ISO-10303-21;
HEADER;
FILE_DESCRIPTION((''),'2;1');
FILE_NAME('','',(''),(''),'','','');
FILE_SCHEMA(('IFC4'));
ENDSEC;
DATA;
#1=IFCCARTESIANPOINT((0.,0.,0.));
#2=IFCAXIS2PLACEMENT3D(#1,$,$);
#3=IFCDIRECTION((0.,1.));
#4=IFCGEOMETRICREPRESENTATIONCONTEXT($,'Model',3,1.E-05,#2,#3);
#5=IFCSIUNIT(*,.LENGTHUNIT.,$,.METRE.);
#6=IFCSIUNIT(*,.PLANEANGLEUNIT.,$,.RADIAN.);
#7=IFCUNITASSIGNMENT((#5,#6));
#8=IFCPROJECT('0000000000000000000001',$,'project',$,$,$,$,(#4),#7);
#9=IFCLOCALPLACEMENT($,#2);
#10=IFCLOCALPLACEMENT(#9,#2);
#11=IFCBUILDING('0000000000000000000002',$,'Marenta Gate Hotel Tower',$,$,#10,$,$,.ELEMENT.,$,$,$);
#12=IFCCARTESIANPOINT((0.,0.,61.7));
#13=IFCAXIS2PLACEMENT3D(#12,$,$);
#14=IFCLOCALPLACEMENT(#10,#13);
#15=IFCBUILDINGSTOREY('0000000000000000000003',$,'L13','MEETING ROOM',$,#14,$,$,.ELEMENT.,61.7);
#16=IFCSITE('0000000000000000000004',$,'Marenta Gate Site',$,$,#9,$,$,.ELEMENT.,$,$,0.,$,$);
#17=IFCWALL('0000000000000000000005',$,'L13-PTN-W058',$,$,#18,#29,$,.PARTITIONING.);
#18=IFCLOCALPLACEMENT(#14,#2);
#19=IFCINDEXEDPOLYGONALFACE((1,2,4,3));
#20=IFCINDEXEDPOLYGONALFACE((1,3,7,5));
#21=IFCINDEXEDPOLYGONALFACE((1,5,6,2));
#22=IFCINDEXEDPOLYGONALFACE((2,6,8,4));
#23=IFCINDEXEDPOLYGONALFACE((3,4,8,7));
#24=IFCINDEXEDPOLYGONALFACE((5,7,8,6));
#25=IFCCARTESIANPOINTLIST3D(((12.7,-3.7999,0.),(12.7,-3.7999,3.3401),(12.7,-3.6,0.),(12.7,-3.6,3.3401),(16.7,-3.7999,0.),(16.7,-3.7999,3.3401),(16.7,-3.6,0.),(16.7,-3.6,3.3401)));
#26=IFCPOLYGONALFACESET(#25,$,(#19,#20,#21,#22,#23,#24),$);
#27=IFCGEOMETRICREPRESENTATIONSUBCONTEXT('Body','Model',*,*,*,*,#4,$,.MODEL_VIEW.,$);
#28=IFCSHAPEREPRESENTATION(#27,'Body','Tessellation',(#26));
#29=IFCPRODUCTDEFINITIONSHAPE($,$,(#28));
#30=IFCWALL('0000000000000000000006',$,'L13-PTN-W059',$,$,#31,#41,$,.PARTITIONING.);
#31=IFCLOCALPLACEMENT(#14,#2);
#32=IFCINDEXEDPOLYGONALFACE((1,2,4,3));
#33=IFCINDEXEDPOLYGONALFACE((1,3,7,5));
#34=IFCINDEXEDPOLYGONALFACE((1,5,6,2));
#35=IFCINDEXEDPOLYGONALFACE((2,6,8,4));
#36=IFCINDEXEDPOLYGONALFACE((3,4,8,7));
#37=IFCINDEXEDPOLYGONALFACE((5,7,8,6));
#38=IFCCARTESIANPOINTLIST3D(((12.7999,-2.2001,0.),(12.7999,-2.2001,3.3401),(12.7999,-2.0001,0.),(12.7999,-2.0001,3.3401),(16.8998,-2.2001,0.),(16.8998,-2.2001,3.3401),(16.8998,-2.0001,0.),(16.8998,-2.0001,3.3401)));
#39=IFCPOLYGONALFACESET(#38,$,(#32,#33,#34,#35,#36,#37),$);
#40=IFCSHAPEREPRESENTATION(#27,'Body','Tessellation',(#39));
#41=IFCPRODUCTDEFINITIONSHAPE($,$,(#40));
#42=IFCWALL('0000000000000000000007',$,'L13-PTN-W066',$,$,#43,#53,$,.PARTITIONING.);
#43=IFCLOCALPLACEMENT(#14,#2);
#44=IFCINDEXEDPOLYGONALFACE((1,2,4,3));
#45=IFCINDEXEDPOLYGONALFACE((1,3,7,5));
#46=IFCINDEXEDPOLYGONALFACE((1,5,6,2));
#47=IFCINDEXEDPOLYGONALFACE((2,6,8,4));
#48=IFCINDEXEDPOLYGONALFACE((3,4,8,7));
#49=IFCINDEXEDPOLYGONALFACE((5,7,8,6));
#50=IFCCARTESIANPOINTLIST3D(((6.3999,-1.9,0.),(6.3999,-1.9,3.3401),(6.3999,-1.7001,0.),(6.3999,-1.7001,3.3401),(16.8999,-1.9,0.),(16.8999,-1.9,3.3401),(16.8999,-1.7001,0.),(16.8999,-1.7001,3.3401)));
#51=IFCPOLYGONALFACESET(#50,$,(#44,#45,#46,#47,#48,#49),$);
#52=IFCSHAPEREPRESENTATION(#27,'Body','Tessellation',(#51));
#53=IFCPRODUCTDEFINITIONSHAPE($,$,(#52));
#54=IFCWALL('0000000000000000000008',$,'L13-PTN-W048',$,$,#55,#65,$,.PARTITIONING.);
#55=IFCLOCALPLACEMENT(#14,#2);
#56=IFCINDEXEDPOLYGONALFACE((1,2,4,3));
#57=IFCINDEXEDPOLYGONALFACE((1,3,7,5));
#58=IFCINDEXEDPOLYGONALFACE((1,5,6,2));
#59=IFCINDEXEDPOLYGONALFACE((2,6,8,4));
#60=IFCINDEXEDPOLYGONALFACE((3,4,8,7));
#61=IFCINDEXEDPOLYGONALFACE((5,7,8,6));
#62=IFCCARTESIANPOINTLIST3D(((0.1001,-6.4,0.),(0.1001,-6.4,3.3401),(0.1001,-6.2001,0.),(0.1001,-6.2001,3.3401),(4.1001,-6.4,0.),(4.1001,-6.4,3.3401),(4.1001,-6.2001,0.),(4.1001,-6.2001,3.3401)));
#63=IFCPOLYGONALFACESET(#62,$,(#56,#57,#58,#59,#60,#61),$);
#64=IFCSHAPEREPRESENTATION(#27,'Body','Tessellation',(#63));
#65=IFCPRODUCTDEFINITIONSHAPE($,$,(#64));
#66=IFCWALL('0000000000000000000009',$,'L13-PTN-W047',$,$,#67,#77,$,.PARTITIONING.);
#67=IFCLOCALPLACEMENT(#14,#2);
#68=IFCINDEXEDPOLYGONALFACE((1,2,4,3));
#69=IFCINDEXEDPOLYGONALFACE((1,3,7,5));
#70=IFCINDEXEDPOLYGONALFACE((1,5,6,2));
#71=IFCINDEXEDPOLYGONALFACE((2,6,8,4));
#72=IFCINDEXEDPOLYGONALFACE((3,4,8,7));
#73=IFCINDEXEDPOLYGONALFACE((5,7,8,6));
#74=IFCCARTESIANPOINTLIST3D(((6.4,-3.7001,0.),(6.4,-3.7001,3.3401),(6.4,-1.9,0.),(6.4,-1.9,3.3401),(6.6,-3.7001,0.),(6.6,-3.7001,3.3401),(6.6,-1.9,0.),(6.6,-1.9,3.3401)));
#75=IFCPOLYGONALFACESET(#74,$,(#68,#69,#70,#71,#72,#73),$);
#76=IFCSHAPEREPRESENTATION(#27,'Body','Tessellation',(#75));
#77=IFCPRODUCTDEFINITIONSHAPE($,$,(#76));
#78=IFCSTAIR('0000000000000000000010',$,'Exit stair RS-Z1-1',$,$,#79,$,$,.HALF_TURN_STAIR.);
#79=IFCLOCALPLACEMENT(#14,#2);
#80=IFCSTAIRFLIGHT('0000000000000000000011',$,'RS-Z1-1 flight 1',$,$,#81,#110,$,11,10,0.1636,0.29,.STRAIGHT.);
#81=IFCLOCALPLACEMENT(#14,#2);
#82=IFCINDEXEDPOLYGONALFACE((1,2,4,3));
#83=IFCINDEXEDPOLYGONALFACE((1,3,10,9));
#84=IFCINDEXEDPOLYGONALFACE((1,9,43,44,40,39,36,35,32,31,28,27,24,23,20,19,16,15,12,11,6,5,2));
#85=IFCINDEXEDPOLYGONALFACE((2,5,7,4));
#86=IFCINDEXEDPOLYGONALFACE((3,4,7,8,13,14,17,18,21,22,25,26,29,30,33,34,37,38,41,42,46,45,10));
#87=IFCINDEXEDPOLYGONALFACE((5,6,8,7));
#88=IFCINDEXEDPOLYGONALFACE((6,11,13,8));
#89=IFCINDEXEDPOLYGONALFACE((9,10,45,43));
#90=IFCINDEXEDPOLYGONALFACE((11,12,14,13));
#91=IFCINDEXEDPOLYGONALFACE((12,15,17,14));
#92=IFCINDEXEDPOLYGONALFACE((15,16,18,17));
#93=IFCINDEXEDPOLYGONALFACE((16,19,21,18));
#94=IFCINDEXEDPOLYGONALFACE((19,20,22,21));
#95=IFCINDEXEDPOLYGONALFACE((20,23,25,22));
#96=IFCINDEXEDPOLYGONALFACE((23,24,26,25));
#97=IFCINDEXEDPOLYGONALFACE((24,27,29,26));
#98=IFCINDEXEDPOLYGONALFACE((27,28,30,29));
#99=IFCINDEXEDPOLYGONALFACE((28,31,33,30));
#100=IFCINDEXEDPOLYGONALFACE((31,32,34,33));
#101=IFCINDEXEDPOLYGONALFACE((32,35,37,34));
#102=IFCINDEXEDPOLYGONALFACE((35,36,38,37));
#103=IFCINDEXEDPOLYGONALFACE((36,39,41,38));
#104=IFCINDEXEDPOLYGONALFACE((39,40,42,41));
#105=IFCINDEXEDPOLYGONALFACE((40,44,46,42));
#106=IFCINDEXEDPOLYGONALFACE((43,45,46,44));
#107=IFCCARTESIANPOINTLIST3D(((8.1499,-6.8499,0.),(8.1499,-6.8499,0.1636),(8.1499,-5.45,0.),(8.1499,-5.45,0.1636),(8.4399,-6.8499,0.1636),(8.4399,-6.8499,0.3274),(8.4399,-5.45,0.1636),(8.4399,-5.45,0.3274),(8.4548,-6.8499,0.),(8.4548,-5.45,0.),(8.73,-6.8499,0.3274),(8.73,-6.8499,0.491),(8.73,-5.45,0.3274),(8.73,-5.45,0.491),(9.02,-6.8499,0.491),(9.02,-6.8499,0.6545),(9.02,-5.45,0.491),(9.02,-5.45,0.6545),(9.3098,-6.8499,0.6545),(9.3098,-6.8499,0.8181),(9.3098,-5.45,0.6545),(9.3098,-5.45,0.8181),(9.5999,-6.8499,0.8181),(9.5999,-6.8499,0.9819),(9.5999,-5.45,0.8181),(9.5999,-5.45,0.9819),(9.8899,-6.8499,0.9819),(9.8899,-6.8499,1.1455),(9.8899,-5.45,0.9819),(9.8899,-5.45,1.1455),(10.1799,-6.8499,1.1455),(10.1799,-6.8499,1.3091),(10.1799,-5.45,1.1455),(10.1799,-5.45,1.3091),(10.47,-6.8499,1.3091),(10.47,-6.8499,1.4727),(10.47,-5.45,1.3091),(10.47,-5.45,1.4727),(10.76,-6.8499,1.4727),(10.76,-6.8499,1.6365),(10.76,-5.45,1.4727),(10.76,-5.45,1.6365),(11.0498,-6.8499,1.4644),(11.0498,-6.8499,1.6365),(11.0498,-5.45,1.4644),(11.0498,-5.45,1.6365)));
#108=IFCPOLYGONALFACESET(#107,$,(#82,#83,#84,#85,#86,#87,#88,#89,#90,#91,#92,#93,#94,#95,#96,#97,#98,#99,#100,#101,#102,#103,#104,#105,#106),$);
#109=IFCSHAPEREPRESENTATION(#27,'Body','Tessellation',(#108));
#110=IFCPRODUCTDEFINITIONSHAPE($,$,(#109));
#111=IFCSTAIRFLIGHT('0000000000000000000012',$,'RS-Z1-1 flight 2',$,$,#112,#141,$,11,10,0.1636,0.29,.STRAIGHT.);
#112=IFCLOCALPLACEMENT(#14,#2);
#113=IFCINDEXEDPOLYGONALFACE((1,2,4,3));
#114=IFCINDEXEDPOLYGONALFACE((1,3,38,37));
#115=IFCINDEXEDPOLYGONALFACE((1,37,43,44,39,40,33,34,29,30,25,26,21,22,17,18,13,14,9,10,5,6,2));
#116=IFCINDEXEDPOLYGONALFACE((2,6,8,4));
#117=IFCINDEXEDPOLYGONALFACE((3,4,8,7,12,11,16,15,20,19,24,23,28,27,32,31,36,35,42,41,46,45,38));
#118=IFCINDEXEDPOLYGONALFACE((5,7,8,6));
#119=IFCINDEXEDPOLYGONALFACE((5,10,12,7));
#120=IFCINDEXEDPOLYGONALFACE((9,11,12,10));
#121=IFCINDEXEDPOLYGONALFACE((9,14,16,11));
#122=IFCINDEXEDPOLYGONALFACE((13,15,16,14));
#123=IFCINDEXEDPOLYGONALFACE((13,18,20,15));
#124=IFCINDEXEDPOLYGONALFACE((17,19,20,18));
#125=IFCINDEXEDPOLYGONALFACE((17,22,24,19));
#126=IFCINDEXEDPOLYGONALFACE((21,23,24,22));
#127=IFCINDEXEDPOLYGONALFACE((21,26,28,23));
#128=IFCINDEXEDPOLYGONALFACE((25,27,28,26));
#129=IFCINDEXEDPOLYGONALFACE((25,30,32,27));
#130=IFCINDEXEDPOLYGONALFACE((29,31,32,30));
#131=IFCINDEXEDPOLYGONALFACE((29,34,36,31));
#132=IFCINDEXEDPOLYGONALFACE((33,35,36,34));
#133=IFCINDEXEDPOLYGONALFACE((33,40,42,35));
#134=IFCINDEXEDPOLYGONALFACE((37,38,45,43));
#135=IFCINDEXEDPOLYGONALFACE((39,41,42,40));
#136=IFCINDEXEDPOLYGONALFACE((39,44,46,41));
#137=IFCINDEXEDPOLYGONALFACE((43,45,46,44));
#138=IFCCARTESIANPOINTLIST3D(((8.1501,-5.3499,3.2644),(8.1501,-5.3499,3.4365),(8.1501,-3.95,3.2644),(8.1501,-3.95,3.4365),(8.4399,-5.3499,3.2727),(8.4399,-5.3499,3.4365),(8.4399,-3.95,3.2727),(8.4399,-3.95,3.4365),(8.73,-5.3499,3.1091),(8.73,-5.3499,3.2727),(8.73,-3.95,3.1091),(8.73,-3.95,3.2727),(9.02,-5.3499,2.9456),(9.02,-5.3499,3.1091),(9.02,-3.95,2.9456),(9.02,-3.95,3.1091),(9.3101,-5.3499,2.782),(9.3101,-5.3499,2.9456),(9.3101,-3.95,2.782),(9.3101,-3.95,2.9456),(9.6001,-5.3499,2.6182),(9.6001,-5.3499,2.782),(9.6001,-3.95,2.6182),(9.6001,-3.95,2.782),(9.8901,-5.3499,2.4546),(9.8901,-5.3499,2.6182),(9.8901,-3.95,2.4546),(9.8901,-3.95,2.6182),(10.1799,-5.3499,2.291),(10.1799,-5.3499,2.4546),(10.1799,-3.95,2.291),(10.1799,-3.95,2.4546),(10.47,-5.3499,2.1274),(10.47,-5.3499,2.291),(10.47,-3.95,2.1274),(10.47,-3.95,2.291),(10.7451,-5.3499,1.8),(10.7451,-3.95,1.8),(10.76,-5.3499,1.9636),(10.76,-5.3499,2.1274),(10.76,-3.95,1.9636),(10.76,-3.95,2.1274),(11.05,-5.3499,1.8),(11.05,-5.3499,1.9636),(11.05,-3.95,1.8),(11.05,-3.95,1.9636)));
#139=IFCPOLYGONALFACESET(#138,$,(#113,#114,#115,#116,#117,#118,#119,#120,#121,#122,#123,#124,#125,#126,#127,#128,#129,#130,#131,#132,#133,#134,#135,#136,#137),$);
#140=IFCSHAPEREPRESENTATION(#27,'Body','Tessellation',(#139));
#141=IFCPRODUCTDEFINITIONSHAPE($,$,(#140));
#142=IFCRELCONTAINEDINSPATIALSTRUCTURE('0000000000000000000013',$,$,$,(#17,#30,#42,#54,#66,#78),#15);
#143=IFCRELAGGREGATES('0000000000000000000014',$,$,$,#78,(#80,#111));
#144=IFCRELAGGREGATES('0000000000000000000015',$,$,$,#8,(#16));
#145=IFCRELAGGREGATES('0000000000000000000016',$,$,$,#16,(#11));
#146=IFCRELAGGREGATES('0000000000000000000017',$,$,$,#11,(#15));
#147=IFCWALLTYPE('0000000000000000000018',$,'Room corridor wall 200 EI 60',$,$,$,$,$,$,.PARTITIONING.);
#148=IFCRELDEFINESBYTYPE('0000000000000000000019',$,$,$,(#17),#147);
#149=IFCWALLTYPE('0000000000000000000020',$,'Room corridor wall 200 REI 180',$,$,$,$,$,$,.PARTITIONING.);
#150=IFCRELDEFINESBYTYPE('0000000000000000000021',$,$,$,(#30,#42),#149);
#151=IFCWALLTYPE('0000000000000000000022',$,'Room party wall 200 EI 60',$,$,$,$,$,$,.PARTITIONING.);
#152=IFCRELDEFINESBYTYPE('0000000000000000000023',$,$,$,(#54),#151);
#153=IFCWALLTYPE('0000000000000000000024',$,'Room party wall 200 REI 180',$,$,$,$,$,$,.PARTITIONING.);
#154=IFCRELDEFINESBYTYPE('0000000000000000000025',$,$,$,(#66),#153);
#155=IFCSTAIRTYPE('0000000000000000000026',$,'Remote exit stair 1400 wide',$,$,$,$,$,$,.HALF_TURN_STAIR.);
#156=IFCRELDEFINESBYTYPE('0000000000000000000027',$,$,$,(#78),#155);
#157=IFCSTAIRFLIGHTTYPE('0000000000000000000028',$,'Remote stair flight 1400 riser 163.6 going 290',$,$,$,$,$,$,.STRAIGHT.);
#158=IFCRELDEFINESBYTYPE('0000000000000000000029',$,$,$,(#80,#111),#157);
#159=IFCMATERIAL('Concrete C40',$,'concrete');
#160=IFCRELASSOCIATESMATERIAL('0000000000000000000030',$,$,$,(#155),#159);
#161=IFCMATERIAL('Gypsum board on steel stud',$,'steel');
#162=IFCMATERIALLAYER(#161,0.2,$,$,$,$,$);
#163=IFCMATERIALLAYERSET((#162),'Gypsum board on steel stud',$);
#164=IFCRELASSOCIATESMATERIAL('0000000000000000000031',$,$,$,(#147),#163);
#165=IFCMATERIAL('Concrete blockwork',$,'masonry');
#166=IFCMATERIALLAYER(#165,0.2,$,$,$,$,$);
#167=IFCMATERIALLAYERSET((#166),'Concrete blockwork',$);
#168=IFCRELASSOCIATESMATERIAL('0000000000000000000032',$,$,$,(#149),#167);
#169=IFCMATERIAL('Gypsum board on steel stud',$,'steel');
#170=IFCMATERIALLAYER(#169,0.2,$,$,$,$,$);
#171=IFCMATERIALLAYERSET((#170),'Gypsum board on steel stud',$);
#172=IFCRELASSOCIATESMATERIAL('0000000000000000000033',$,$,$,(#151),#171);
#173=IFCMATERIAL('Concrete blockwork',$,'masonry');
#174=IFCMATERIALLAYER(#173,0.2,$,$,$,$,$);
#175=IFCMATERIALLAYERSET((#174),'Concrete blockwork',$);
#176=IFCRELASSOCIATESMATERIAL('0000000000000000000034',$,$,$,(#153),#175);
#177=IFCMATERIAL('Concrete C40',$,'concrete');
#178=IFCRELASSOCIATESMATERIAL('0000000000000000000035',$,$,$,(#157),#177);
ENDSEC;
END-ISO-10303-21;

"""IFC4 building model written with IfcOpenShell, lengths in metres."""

from ifc_helpers import new_model, si_unit, direction, frame, frame_2d, origin, place, context, subcontext, project, spatial, polyline, rectangle, outline, extrude, material, layer, layer_set, type_object, element, aggregate, save


model = new_model("IFC4")

# Units and contexts
model_context = context("Model", 3, precision=1e-05, world=origin(), true_north=direction((0.0, 1.0)))
body_context = subcontext(model_context, "Body", "Model", "MODEL_VIEW")
ifc_project = project(units=[si_unit("LENGTHUNIT", "METRE"), si_unit("PLANEANGLEUNIT", "RADIAN")], contexts=[model_context])

# Site, building, storey
site_placement = place(None, origin())
site = spatial("IfcSite", under=ifc_project, at=site_placement, Name="Marenta Gate Site", CompositionType="ELEMENT", RefElevation=0.0)
building_placement = place(site_placement, origin())
building = spatial("IfcBuilding", under=site, at=building_placement, Name="Marenta Gate Hotel Tower", CompositionType="ELEMENT")
storey_placement = place(building_placement, frame((0.0, 0.0, 61.7)))
storey = spatial("IfcBuildingStorey", under=building, at=storey_placement, Name="L13", Description="MEETING ROOM", CompositionType="ELEMENT", Elevation=61.7)

# Shared definitions
ifc_material_1 = material(Name="Concrete C40", Category="concrete")
stair_type = type_object("IfcStairType", Name="Remote exit stair 1400 wide", PredefinedType="HALF_TURN_STAIR", material=ifc_material_1)

# Wall
ifc_material_2 = material(Name="Gypsum board on steel stud", Category="steel")
ifc_layer_1 = layer(ifc_material_2, 0.2)
ifc_layer_set_1 = layer_set([ifc_layer_1], Name="Gypsum board on steel stud")
wall_type_1 = type_object("IfcWallType", Name="Room corridor wall 200 EI 60", PredefinedType="PARTITIONING", material=ifc_layer_set_1)
wall_1_placement = place(storey_placement, frame((12.7, -3.7, 0.0), z_axis=(0.0, 0.0, 1.0), x_axis=(1.0, 0.0, 0.0)))
element("IfcWall", 1, at=wall_1_placement, inside=storey, type_object=wall_type_1, Name="L13-PTN-W058", PredefinedType="PARTITIONING", context=body_context, shape_type="SweptSolid", body=[
    extrude(rectangle(XDim=4.0, YDim=0.2, at=frame_2d((2.0, 0.0))), origin(), (0.0, 0.0, 1.0), 3.3401),
])

# Shared definitions
ifc_material_3 = material(Name="Concrete blockwork", Category="masonry")
ifc_layer_2 = layer(ifc_material_3, 0.2)
ifc_layer_set_2 = layer_set([ifc_layer_2], Name="Concrete blockwork")
wall_type_2 = type_object("IfcWallType", Name="Room corridor wall 200 REI 180", PredefinedType="PARTITIONING", material=ifc_layer_set_2)

# Walls
wall_2_placement = place(storey_placement, frame((12.8, -2.1001, 0.0), z_axis=(0.0, 0.0, 1.0), x_axis=(1.0, 0.0, 0.0)))
element("IfcWall", 2, at=wall_2_placement, inside=storey, type_object=wall_type_2, Name="L13-PTN-W059", PredefinedType="PARTITIONING", context=body_context, shape_type="SweptSolid", body=[
    extrude(rectangle(XDim=4.0999, YDim=0.2, at=frame_2d((2.0498, 0.0))), origin(), (0.0, 0.0, 1.0), 3.3401),
])
wall_3_placement = place(storey_placement, frame((6.3999, -1.8, 0.0), z_axis=(0.0, 0.0, 1.0), x_axis=(1.0, 0.0, 0.0)))
element("IfcWall", 3, at=wall_3_placement, inside=storey, type_object=wall_type_2, Name="L13-PTN-W066", PredefinedType="PARTITIONING", context=body_context, shape_type="SweptSolid", body=[
    extrude(rectangle(XDim=10.5, YDim=0.2, at=frame_2d((5.25, 0.0))), origin(), (0.0, 0.0, 1.0), 3.3401),
])
ifc_material_4 = material(Name="Gypsum board on steel stud", Category="steel")
ifc_layer_3 = layer(ifc_material_4, 0.2)
ifc_layer_set_3 = layer_set([ifc_layer_3], Name="Gypsum board on steel stud")
wall_type_3 = type_object("IfcWallType", Name="Room party wall 200 EI 60", PredefinedType="PARTITIONING", material=ifc_layer_set_3)
wall_4_placement = place(storey_placement, frame((0.1001, -6.3, 0.0), z_axis=(0.0, 0.0, 1.0), x_axis=(1.0, 0.0, 0.0)))
element("IfcWall", 4, at=wall_4_placement, inside=storey, type_object=wall_type_3, Name="L13-PTN-W048", PredefinedType="PARTITIONING", context=body_context, shape_type="SweptSolid", body=[
    extrude(rectangle(XDim=4.0, YDim=0.2, at=frame_2d((2.0, 0.0))), origin(), (0.0, 0.0, 1.0), 3.3401),
])
ifc_material_5 = material(Name="Concrete blockwork", Category="masonry")
ifc_layer_4 = layer(ifc_material_5, 0.2)
ifc_layer_set_4 = layer_set([ifc_layer_4], Name="Concrete blockwork")
wall_type_4 = type_object("IfcWallType", Name="Room party wall 200 REI 180", PredefinedType="PARTITIONING", material=ifc_layer_set_4)
wall_5_placement = place(storey_placement, frame((6.5, -3.7, 0.0), z_axis=(0.0, 0.0, 1.0), x_axis=(0.0, 1.0, 0.0)))
element("IfcWall", 5, at=wall_5_placement, inside=storey, type_object=wall_type_4, Name="L13-PTN-W047", PredefinedType="PARTITIONING", context=body_context, shape_type="SweptSolid", body=[
    extrude(rectangle(XDim=1.8, YDim=0.2, at=frame_2d((0.8999, 0.0))), origin(), (0.0, 0.0, 1.0), 3.3401),
])

# Stair, stair flights
stair_1_placement = place(storey_placement, origin())
stair_1 = element("IfcStair", 6, at=stair_1_placement, inside=storey, type_object=stair_type, Name="Exit stair RS-Z1-1", PredefinedType="HALF_TURN_STAIR")
ifc_material_6 = material(Name="Concrete C40", Category="concrete")
stair_flight_type = type_object("IfcStairFlightType", Name="Remote stair flight 1400 riser 163.6 going 290", PredefinedType="STRAIGHT", material=ifc_material_6)
stair_flight_1_placement = place(storey_placement, frame((8.1499, -6.1499, 0.0), z_axis=(0.0, 0.0, 1.0), x_axis=(1.0, 0.0, 0.0)))
stair_flight_1 = element("IfcStairFlight", 7, at=stair_flight_1_placement, type_object=stair_flight_type, Name="RS-Z1-1 flight 1", NumberOfRisers=11, NumberOfTreads=10, PredefinedType="STRAIGHT", RiserHeight=0.1636, TreadLength=0.29, context=body_context, shape_type="SweptSolid", body=[
    extrude(outline(polyline([(0.0, 0.0), (0.0, 0.1636), (0.29, 0.1636), (0.29, 0.3274), (0.5801, 0.3274), (0.5801, 0.491), (0.8701, 0.491), (0.8701, 0.6545), (1.1599, 0.6545), (1.1599, 0.8181), (1.45, 0.8181), (1.45, 0.9819), (1.74, 0.9819), (1.74, 1.1455), (2.03, 1.1455), (2.03, 1.3091), (2.3201, 1.3091), (2.3201, 1.4727), (2.6101, 1.4727), (2.6101, 1.6365), (2.8999, 1.6365), (2.8999, 1.8), (2.8999, 1.4644), (0.3049, 0.0), (0.0, 0.0)])), frame((0.0, 0.7, 0.0), z_axis=(0.0, -1.0, 0.0), x_axis=(1.0, 0.0, 0.0)), (0.0, 0.0, 1.0), 1.3999),
])
stair_flight_2_placement = place(storey_placement, frame((11.05, -4.6499, 1.8), z_axis=(0.0, 0.0, 1.0), x_axis=(-1.0, 0.0, 0.0)))
stair_flight_2 = element("IfcStairFlight", 8, at=stair_flight_2_placement, type_object=stair_flight_type, Name="RS-Z1-1 flight 2", NumberOfRisers=11, NumberOfTreads=10, PredefinedType="STRAIGHT", RiserHeight=0.1636, TreadLength=0.29, context=body_context, shape_type="SweptSolid", body=[
    extrude(outline(polyline([(0.0, 0.0), (0.0, 0.1636), (0.29, 0.1636), (0.29, 0.3274), (0.5801, 0.3274), (0.5801, 0.491), (0.8701, 0.491), (0.8701, 0.6545), (1.1599, 0.6545), (1.1599, 0.8181), (1.45, 0.8181), (1.45, 0.9819), (1.74, 0.9819), (1.74, 1.1455), (2.03, 1.1455), (2.03, 1.3091), (2.3201, 1.3091), (2.3201, 1.4727), (2.6101, 1.4727), (2.6101, 1.6365), (2.8999, 1.6365), (2.8999, 1.8), (2.8999, 1.4644), (0.3049, 0.0), (0.0, 0.0)])), frame((0.0, 0.7, 0.0), z_axis=(0.0, -1.0, 0.0), x_axis=(1.0, 0.0, 0.0)), (0.0, 0.0, 1.0), 1.3999),
])
aggregate(stair_1, [stair_flight_1, stair_flight_2])

save(model, "model.ifc")
